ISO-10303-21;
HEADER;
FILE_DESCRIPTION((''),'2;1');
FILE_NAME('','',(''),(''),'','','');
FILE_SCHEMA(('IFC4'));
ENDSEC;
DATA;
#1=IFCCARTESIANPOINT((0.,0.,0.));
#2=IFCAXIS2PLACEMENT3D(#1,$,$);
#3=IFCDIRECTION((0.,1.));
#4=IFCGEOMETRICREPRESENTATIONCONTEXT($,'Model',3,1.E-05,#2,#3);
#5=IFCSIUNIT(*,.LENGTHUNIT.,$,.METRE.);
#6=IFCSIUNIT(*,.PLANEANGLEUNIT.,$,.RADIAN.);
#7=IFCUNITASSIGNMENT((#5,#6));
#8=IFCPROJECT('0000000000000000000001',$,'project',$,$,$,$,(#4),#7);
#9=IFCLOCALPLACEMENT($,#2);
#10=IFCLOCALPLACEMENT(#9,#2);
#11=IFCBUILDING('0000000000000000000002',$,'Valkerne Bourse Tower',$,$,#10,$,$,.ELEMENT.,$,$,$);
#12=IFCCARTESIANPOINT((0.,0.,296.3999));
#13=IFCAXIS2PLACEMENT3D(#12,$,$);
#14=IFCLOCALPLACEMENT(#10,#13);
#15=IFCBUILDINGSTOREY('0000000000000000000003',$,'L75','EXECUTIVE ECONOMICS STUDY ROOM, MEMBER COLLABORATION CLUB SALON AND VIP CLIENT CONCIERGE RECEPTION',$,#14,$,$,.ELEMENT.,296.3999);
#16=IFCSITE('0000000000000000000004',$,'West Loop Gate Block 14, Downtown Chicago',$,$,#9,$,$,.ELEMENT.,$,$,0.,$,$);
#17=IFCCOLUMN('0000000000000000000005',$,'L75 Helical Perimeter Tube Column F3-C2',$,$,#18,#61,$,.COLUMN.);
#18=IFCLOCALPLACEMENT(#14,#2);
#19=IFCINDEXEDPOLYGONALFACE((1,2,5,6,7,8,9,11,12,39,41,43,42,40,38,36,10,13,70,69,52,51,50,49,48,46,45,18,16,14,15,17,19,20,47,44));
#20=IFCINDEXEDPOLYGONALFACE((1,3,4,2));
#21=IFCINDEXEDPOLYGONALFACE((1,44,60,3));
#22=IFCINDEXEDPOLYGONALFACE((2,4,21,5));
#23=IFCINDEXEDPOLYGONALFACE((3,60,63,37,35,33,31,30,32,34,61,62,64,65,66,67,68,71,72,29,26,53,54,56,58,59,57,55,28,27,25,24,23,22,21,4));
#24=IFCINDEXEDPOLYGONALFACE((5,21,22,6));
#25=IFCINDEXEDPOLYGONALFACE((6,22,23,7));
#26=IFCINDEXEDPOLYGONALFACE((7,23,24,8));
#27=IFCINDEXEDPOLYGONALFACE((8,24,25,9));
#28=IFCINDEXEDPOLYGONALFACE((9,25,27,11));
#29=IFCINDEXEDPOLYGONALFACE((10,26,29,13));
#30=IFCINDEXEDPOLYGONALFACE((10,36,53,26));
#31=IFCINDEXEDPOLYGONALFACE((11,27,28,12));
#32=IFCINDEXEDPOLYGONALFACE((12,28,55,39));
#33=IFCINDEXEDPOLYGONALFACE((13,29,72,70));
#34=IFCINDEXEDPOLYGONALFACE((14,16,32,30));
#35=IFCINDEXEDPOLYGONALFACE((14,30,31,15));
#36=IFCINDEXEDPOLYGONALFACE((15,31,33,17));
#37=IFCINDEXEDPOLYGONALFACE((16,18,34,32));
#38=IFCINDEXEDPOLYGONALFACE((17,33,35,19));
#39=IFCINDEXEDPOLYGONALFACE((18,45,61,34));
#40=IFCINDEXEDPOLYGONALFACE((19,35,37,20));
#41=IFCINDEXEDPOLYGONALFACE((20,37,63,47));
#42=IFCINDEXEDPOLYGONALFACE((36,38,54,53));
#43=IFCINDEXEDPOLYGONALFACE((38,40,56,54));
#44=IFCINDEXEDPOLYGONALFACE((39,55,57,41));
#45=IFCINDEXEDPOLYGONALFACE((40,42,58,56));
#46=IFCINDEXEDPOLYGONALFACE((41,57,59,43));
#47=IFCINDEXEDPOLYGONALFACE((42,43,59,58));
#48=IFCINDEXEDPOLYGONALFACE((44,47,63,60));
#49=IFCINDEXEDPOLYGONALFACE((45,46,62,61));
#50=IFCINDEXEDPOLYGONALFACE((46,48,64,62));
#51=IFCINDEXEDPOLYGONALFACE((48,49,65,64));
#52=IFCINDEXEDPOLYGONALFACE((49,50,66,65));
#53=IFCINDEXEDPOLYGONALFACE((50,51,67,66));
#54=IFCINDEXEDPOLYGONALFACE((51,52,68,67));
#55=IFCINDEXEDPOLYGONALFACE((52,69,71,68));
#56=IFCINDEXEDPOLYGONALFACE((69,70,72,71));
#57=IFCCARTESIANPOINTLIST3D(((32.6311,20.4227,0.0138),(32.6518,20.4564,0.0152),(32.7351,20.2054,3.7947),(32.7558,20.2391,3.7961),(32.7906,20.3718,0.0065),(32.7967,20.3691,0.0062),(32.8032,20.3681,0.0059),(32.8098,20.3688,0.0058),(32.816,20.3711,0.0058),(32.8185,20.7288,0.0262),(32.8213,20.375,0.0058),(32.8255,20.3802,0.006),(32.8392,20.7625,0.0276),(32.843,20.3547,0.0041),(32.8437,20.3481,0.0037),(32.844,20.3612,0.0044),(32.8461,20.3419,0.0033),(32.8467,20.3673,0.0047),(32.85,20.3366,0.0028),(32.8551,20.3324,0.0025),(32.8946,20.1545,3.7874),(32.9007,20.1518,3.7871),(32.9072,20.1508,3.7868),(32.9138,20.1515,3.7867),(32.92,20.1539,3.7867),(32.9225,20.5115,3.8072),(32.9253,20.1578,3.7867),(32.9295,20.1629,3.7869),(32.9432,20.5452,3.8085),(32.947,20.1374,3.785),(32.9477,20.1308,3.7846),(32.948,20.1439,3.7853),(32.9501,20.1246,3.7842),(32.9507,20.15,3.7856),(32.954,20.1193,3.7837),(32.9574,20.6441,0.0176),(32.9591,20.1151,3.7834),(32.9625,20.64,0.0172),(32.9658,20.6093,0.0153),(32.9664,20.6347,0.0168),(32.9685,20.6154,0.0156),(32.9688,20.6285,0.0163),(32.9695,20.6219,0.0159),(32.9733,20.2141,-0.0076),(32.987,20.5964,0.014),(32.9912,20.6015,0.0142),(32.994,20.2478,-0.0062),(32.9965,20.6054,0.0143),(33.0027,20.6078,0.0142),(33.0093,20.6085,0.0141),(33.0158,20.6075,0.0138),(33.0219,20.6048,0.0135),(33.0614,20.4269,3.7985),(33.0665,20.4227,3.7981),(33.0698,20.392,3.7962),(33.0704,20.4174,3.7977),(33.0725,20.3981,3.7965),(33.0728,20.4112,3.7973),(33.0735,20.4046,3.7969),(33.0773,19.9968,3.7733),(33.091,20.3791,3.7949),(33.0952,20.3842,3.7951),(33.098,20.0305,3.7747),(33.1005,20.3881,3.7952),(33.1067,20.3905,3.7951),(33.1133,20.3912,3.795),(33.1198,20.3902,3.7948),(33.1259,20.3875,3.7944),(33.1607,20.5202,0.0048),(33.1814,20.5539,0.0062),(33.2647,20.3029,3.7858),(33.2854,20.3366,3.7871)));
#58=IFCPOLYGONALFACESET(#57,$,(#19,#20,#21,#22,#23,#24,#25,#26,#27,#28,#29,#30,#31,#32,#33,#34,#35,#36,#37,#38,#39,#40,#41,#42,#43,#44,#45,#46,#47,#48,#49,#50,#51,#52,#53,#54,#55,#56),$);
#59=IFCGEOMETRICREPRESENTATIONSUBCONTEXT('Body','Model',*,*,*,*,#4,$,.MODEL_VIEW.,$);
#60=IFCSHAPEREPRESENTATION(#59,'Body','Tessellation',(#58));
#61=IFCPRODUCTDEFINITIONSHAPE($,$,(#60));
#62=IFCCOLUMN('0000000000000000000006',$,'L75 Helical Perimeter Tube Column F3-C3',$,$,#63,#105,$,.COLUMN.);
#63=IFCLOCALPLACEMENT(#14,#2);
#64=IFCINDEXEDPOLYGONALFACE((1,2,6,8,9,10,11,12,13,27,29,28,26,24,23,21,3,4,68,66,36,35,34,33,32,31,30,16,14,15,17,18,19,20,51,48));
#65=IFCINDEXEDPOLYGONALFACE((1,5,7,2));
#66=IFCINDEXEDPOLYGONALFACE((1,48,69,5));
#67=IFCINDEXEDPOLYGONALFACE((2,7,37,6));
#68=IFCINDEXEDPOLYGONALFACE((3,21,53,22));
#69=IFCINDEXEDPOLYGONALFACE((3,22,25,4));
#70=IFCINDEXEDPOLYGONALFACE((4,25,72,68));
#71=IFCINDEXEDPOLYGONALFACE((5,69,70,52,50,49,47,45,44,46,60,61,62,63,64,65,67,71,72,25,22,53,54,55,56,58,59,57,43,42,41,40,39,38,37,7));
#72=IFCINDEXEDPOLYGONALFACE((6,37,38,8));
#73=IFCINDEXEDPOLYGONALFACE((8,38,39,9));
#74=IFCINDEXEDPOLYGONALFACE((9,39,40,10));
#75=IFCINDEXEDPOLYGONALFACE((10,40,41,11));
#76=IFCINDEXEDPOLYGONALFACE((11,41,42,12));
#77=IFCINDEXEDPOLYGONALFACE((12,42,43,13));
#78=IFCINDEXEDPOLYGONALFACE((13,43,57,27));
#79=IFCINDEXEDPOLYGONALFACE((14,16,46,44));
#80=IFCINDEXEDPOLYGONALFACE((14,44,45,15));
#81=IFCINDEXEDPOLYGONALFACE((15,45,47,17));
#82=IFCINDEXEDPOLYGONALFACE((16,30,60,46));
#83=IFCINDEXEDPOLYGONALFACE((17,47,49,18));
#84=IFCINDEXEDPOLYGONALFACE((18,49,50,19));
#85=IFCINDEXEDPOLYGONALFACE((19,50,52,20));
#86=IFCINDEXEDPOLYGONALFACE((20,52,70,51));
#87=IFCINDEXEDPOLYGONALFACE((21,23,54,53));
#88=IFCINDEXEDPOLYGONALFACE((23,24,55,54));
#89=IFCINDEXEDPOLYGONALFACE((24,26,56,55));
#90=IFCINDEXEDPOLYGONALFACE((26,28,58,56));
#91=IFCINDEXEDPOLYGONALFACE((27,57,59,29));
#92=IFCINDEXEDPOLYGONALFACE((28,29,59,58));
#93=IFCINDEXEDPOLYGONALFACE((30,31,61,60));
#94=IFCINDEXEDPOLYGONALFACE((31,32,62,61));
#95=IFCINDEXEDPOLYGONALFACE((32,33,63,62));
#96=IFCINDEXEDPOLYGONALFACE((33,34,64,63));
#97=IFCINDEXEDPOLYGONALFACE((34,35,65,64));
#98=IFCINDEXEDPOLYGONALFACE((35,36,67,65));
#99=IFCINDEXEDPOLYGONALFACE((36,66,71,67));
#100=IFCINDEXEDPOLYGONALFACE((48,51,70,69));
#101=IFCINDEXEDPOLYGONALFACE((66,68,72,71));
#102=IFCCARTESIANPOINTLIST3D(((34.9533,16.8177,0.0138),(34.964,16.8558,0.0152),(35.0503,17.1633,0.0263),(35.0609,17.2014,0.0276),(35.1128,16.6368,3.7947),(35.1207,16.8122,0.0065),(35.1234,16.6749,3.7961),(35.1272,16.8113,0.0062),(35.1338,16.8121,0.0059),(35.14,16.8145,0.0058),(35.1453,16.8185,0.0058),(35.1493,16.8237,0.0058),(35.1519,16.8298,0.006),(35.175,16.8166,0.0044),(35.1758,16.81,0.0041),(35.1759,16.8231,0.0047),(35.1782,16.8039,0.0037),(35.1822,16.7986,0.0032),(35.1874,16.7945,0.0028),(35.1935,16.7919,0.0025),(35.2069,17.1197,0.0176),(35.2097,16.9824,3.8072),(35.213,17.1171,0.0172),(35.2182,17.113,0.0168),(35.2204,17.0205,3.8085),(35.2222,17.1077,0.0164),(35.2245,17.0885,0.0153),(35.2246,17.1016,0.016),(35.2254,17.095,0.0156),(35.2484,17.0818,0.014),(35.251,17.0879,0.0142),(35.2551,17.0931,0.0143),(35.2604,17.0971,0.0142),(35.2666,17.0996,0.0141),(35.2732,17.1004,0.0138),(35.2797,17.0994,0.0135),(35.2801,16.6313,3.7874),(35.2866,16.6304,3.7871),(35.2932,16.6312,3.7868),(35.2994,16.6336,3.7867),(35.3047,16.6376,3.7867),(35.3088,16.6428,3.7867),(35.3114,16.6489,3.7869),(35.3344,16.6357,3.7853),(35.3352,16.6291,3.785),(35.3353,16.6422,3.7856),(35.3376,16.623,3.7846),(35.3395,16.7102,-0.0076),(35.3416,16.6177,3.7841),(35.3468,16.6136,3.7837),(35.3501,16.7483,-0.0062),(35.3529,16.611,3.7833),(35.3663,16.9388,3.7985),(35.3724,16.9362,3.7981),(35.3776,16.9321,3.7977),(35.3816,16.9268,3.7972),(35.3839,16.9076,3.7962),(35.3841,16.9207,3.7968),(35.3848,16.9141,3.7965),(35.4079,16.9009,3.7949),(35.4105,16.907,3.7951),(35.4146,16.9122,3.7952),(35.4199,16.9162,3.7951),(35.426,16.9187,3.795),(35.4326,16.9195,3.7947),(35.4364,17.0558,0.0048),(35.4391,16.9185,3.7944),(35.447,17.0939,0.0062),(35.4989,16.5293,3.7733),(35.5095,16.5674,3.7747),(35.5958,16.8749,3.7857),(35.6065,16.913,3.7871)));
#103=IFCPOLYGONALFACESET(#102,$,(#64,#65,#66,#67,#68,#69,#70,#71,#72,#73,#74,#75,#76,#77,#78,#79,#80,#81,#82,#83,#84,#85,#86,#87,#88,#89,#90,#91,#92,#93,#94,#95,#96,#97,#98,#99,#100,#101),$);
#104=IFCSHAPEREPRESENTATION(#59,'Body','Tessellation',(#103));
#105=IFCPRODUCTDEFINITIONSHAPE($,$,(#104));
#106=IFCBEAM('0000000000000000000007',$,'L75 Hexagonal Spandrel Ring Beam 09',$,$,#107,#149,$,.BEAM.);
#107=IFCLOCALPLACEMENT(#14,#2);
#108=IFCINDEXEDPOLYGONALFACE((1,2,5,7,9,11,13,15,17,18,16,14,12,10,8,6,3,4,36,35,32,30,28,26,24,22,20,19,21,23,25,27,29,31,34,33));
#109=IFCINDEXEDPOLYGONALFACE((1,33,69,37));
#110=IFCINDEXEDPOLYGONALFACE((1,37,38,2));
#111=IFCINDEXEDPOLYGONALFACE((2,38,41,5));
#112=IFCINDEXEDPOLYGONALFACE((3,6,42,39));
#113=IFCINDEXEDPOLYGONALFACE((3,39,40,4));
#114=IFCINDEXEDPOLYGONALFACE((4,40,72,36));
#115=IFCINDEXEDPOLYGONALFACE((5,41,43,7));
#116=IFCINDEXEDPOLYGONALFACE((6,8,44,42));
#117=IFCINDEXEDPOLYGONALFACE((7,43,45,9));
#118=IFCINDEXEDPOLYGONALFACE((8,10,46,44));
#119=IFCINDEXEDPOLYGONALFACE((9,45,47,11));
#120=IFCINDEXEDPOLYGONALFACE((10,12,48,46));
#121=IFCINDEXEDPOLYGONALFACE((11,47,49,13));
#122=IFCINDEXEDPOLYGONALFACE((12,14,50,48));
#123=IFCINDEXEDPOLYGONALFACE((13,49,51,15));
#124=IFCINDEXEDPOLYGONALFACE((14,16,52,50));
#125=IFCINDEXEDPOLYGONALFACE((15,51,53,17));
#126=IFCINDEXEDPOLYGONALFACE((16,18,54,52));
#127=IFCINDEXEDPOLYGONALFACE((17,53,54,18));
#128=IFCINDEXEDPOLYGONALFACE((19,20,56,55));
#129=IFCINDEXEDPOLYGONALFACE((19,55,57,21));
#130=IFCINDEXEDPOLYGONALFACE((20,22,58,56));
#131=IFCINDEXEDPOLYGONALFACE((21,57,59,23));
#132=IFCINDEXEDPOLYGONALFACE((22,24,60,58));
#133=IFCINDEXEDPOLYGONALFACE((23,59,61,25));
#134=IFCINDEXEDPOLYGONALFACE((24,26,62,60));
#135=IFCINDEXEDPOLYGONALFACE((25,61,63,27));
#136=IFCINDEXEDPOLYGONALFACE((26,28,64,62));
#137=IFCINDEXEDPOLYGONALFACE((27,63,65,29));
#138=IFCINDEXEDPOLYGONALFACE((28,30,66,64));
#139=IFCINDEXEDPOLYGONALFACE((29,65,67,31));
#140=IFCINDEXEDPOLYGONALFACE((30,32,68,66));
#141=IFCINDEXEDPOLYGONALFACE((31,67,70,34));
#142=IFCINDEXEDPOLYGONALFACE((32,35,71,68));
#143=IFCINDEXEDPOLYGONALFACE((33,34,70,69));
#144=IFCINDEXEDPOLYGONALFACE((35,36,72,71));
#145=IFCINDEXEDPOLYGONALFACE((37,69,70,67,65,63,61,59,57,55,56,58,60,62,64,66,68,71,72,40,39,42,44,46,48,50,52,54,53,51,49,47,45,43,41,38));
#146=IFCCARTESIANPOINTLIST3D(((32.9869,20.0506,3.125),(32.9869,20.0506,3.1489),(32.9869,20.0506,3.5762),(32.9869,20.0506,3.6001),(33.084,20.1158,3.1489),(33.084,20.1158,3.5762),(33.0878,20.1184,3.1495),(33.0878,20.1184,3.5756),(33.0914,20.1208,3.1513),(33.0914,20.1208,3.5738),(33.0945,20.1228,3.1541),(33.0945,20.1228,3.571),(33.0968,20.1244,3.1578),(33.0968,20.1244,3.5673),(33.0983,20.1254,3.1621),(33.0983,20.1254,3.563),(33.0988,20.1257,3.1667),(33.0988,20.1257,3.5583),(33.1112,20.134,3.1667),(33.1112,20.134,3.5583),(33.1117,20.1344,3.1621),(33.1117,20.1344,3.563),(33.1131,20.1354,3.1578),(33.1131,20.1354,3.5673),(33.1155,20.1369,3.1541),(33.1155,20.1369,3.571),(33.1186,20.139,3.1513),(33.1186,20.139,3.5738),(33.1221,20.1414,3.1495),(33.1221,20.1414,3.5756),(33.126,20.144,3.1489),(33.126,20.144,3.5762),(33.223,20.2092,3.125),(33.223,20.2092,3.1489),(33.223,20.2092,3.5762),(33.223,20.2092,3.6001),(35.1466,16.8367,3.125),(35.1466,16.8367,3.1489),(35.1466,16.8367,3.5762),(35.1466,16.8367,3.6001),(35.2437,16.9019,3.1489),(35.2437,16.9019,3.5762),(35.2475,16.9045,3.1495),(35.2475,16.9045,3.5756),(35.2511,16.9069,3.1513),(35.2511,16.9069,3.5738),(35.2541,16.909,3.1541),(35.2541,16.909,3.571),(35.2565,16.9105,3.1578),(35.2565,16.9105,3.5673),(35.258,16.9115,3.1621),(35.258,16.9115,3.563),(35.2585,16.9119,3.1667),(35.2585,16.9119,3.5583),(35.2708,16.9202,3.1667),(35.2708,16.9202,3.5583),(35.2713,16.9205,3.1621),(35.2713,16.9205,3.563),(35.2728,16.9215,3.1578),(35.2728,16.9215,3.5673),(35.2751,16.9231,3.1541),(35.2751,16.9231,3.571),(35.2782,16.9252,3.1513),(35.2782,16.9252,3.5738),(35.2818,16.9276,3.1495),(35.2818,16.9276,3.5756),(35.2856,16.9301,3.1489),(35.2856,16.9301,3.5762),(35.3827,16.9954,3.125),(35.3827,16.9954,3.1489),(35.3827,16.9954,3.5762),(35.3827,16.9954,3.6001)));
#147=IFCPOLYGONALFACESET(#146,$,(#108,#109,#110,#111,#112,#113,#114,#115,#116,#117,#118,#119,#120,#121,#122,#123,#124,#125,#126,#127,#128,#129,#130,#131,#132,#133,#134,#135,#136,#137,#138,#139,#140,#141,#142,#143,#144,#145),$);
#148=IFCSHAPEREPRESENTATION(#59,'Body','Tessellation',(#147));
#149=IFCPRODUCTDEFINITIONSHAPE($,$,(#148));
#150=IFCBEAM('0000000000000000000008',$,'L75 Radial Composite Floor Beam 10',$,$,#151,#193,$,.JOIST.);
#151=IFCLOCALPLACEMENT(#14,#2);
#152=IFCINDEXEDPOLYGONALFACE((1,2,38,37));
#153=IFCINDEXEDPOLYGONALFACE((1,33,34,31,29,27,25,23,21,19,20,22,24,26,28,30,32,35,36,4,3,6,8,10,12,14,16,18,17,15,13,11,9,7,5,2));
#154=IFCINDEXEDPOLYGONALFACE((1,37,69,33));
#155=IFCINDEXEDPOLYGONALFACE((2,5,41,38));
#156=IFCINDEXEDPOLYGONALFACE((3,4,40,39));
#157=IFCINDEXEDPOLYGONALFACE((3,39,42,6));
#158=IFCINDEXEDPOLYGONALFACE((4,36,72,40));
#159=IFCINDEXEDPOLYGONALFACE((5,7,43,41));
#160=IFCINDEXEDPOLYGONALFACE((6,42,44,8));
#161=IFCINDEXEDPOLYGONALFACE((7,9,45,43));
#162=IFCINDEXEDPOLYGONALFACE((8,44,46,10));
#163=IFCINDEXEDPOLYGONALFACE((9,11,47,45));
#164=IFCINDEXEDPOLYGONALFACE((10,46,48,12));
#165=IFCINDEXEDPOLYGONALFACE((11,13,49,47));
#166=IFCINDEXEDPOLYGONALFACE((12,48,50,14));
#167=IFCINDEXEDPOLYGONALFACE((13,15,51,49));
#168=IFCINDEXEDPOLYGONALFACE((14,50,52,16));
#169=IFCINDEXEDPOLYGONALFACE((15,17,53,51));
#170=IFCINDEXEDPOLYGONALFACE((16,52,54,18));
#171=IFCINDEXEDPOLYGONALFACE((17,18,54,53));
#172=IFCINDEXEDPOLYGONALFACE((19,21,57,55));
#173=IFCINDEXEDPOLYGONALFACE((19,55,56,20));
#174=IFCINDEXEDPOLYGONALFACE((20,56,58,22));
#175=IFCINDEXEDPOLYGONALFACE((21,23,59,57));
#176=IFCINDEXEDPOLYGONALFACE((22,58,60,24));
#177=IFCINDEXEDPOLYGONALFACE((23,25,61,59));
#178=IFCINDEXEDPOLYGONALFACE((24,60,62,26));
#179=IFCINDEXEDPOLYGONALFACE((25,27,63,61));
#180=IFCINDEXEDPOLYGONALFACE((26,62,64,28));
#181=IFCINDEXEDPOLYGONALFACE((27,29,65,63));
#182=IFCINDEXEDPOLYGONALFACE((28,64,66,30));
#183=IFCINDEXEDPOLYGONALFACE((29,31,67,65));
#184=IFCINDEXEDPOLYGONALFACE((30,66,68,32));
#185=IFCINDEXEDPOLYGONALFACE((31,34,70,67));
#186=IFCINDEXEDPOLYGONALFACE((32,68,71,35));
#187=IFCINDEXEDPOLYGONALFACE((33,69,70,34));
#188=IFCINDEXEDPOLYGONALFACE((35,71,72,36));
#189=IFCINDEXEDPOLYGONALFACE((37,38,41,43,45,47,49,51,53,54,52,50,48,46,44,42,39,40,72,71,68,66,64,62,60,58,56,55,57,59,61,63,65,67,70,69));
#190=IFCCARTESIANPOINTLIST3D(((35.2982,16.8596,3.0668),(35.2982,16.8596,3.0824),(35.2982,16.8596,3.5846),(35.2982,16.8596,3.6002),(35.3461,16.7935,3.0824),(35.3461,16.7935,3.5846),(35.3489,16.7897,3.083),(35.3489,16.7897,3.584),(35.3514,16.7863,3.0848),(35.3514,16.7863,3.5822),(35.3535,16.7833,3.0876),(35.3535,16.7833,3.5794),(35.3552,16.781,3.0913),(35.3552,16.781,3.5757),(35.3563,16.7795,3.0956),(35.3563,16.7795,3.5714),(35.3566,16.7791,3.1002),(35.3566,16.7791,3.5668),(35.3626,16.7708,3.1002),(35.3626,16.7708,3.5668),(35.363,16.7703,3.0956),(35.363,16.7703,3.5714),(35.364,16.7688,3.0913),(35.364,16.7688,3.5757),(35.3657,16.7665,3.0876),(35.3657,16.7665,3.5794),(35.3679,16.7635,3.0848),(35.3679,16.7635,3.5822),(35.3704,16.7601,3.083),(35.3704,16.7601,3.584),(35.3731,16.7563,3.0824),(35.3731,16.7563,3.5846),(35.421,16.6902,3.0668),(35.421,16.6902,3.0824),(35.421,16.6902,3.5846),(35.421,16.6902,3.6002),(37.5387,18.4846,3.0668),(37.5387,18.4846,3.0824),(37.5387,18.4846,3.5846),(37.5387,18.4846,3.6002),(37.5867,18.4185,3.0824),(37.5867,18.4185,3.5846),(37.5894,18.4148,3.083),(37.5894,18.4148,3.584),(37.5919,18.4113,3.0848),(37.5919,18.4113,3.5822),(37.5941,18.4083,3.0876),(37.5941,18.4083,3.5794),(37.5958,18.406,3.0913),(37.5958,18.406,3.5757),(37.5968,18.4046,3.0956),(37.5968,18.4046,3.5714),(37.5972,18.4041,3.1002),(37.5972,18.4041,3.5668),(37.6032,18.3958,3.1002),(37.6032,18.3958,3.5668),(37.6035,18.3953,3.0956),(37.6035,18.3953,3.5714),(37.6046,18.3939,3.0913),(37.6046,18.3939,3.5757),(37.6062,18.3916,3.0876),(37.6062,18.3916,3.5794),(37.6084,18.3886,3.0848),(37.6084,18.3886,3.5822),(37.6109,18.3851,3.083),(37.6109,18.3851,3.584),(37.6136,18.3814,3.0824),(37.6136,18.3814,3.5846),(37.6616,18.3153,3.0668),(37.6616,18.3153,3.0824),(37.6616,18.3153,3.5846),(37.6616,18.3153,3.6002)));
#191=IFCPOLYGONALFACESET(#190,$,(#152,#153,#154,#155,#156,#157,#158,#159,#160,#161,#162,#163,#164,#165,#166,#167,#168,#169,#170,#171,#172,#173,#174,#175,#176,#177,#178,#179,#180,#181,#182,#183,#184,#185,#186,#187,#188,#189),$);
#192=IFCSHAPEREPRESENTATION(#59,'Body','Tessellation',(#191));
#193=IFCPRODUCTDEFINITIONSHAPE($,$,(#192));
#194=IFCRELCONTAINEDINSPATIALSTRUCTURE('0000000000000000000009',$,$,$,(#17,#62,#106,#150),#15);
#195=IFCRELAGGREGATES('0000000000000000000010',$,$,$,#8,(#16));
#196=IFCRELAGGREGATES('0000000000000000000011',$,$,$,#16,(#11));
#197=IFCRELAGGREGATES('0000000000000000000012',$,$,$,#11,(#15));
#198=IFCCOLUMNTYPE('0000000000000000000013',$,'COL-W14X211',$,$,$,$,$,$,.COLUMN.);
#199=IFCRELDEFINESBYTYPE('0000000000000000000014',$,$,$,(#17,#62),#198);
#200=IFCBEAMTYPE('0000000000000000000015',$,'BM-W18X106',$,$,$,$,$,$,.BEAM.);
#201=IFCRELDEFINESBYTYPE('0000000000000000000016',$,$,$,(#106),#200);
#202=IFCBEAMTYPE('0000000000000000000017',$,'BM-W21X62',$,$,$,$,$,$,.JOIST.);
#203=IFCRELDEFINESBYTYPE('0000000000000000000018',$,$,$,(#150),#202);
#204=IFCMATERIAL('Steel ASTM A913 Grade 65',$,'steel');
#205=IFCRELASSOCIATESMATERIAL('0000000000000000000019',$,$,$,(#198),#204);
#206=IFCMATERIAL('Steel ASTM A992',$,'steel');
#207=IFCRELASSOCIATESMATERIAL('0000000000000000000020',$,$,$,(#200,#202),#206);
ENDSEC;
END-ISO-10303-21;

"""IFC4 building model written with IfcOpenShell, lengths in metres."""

from ifc_helpers import new_model, si_unit, direction, frame, origin, origin_2d, place, context, subcontext, project, spatial, i_section, extrude, material, material_profile, profile_set, type_object, element, save


model = new_model("IFC4")

# Units and contexts
model_context = context("Model", 3, precision=1e-05, world=origin(), true_north=direction((0.0, 1.0)))
body_context = subcontext(model_context, "Body", "Model", "MODEL_VIEW")
ifc_project = project(units=[si_unit("LENGTHUNIT", "METRE"), si_unit("PLANEANGLEUNIT", "RADIAN")], contexts=[model_context])

# Site, building, storey
site_placement = place(None, origin())
site = spatial("IfcSite", under=ifc_project, at=site_placement, Name="West Loop Gate Block 14, Downtown Chicago", CompositionType="ELEMENT", RefElevation=0.0)
building_placement = place(site_placement, origin())
building = spatial("IfcBuilding", under=site, at=building_placement, Name="Valkerne Bourse Tower", CompositionType="ELEMENT")
storey_placement = place(building_placement, frame((0.0, 0.0, 296.3999)))
storey = spatial("IfcBuildingStorey", under=building, at=storey_placement, Name="L75", Description="EXECUTIVE ECONOMICS STUDY ROOM, MEMBER COLLABORATION CLUB SALON AND VIP CLIENT CONCIERGE RECEPTION", CompositionType="ELEMENT", Elevation=296.3999)

# Columns
ifc_material_1 = material(Name="Steel ASTM A913 Grade 65", Category="steel")
ifc_material_profile_1 = material_profile(ifc_material_1, i_section(OverallWidth=0.4014, OverallDepth=0.3987, WebThickness=0.0249, FlangeThickness=0.0396, FilletRadius=0.0254, at=origin_2d()), Name="W14X211")
ifc_profile_set_1 = profile_set([ifc_material_profile_1], Name="Steel ASTM A913 Grade 65")
column_type = type_object("IfcColumnType", Name="COL-W14X211", PredefinedType="COLUMN", material=ifc_profile_set_1)
for number, where, z_axis, x_axis, name in (
    (1, (32.9062, 20.4883, 0.01), (0.027451, -0.057351, 0.997977), (0.85262, -0.519804, -0.053325), "L75 Helical Perimeter Tube Column F3-C2"),
    (2, (35.2002, 16.9558, 0.01), (0.042079, -0.04775, 0.997973), (0.961981, -0.267849, -0.053377), "L75 Helical Perimeter Tube Column F3-C3"),
):
    element("IfcColumn", number, at=place(storey_placement, frame(where, z_axis=z_axis, x_axis=x_axis)), inside=storey, type_object=column_type, Name=name, PredefinedType="COLUMN", context=body_context, shape_type="SweptSolid", body=[
        extrude(i_section(OverallWidth=0.4014, OverallDepth=0.3987, WebThickness=0.0249, FlangeThickness=0.0396, FilletRadius=0.0254, at=origin_2d()), origin(), (0.0, 0.0, 1.0), 3.7886),
    ])

# Beams
ifc_material_2 = material(Name="Steel ASTM A992", Category="steel")
ifc_material_profile_2 = material_profile(ifc_material_2, i_section(OverallWidth=0.2844, OverallDepth=0.4751, WebThickness=0.0149, FlangeThickness=0.0239, FilletRadius=0.0178, at=origin_2d()), Name="W18X106")
ifc_profile_set_2 = profile_set([ifc_material_profile_2], Name="Steel ASTM A992")
beam_type_1 = type_object("IfcBeamType", Name="BM-W18X106", PredefinedType="BEAM", material=ifc_profile_set_2)
beam_1_placement = place(storey_placement, frame((33.105, 20.1299, 3.3625), z_axis=(0.557752, -0.830008, 0.0), x_axis=(0.830008, 0.557752, 0.0)))
element("IfcBeam", 3, at=beam_1_placement, inside=storey, type_object=beam_type_1, Name="L75 Hexagonal Spandrel Ring Beam 09", PredefinedType="BEAM", context=body_context, shape_type="SweptSolid", body=[
    extrude(i_section(OverallWidth=0.2844, OverallDepth=0.4751, WebThickness=0.0149, FlangeThickness=0.0239, FilletRadius=0.0178, at=origin_2d()), origin(), (0.0, 0.0, 1.0), 3.8721),
])
ifc_material_profile_3 = material_profile(ifc_material_2, i_section(OverallWidth=0.2092, OverallDepth=0.5334, WebThickness=0.0103, FlangeThickness=0.0156, FilletRadius=0.0178, at=origin_2d()), Name="W21X62")
ifc_profile_set_3 = profile_set([ifc_material_profile_3], Name="Steel ASTM A992")
beam_type_2 = type_object("IfcBeamType", Name="BM-W21X62", PredefinedType="JOIST", material=ifc_profile_set_3)
beam_2_placement = place(storey_placement, frame((35.3596, 16.7749, 3.3335), z_axis=(0.809498, 0.587122, 0.0), x_axis=(-0.587122, 0.809498, 0.0)))
element("IfcBeam", 4, at=beam_2_placement, inside=storey, type_object=beam_type_2, Name="L75 Radial Composite Floor Beam 10", PredefinedType="JOIST", context=body_context, shape_type="SweptSolid", body=[
    extrude(i_section(OverallWidth=0.2092, OverallDepth=0.5334, WebThickness=0.0103, FlangeThickness=0.0156, FilletRadius=0.0178, at=origin_2d()), origin(), (0.0, 0.0, 1.0), 2.7678),
])

save(model, "model.ifc")
